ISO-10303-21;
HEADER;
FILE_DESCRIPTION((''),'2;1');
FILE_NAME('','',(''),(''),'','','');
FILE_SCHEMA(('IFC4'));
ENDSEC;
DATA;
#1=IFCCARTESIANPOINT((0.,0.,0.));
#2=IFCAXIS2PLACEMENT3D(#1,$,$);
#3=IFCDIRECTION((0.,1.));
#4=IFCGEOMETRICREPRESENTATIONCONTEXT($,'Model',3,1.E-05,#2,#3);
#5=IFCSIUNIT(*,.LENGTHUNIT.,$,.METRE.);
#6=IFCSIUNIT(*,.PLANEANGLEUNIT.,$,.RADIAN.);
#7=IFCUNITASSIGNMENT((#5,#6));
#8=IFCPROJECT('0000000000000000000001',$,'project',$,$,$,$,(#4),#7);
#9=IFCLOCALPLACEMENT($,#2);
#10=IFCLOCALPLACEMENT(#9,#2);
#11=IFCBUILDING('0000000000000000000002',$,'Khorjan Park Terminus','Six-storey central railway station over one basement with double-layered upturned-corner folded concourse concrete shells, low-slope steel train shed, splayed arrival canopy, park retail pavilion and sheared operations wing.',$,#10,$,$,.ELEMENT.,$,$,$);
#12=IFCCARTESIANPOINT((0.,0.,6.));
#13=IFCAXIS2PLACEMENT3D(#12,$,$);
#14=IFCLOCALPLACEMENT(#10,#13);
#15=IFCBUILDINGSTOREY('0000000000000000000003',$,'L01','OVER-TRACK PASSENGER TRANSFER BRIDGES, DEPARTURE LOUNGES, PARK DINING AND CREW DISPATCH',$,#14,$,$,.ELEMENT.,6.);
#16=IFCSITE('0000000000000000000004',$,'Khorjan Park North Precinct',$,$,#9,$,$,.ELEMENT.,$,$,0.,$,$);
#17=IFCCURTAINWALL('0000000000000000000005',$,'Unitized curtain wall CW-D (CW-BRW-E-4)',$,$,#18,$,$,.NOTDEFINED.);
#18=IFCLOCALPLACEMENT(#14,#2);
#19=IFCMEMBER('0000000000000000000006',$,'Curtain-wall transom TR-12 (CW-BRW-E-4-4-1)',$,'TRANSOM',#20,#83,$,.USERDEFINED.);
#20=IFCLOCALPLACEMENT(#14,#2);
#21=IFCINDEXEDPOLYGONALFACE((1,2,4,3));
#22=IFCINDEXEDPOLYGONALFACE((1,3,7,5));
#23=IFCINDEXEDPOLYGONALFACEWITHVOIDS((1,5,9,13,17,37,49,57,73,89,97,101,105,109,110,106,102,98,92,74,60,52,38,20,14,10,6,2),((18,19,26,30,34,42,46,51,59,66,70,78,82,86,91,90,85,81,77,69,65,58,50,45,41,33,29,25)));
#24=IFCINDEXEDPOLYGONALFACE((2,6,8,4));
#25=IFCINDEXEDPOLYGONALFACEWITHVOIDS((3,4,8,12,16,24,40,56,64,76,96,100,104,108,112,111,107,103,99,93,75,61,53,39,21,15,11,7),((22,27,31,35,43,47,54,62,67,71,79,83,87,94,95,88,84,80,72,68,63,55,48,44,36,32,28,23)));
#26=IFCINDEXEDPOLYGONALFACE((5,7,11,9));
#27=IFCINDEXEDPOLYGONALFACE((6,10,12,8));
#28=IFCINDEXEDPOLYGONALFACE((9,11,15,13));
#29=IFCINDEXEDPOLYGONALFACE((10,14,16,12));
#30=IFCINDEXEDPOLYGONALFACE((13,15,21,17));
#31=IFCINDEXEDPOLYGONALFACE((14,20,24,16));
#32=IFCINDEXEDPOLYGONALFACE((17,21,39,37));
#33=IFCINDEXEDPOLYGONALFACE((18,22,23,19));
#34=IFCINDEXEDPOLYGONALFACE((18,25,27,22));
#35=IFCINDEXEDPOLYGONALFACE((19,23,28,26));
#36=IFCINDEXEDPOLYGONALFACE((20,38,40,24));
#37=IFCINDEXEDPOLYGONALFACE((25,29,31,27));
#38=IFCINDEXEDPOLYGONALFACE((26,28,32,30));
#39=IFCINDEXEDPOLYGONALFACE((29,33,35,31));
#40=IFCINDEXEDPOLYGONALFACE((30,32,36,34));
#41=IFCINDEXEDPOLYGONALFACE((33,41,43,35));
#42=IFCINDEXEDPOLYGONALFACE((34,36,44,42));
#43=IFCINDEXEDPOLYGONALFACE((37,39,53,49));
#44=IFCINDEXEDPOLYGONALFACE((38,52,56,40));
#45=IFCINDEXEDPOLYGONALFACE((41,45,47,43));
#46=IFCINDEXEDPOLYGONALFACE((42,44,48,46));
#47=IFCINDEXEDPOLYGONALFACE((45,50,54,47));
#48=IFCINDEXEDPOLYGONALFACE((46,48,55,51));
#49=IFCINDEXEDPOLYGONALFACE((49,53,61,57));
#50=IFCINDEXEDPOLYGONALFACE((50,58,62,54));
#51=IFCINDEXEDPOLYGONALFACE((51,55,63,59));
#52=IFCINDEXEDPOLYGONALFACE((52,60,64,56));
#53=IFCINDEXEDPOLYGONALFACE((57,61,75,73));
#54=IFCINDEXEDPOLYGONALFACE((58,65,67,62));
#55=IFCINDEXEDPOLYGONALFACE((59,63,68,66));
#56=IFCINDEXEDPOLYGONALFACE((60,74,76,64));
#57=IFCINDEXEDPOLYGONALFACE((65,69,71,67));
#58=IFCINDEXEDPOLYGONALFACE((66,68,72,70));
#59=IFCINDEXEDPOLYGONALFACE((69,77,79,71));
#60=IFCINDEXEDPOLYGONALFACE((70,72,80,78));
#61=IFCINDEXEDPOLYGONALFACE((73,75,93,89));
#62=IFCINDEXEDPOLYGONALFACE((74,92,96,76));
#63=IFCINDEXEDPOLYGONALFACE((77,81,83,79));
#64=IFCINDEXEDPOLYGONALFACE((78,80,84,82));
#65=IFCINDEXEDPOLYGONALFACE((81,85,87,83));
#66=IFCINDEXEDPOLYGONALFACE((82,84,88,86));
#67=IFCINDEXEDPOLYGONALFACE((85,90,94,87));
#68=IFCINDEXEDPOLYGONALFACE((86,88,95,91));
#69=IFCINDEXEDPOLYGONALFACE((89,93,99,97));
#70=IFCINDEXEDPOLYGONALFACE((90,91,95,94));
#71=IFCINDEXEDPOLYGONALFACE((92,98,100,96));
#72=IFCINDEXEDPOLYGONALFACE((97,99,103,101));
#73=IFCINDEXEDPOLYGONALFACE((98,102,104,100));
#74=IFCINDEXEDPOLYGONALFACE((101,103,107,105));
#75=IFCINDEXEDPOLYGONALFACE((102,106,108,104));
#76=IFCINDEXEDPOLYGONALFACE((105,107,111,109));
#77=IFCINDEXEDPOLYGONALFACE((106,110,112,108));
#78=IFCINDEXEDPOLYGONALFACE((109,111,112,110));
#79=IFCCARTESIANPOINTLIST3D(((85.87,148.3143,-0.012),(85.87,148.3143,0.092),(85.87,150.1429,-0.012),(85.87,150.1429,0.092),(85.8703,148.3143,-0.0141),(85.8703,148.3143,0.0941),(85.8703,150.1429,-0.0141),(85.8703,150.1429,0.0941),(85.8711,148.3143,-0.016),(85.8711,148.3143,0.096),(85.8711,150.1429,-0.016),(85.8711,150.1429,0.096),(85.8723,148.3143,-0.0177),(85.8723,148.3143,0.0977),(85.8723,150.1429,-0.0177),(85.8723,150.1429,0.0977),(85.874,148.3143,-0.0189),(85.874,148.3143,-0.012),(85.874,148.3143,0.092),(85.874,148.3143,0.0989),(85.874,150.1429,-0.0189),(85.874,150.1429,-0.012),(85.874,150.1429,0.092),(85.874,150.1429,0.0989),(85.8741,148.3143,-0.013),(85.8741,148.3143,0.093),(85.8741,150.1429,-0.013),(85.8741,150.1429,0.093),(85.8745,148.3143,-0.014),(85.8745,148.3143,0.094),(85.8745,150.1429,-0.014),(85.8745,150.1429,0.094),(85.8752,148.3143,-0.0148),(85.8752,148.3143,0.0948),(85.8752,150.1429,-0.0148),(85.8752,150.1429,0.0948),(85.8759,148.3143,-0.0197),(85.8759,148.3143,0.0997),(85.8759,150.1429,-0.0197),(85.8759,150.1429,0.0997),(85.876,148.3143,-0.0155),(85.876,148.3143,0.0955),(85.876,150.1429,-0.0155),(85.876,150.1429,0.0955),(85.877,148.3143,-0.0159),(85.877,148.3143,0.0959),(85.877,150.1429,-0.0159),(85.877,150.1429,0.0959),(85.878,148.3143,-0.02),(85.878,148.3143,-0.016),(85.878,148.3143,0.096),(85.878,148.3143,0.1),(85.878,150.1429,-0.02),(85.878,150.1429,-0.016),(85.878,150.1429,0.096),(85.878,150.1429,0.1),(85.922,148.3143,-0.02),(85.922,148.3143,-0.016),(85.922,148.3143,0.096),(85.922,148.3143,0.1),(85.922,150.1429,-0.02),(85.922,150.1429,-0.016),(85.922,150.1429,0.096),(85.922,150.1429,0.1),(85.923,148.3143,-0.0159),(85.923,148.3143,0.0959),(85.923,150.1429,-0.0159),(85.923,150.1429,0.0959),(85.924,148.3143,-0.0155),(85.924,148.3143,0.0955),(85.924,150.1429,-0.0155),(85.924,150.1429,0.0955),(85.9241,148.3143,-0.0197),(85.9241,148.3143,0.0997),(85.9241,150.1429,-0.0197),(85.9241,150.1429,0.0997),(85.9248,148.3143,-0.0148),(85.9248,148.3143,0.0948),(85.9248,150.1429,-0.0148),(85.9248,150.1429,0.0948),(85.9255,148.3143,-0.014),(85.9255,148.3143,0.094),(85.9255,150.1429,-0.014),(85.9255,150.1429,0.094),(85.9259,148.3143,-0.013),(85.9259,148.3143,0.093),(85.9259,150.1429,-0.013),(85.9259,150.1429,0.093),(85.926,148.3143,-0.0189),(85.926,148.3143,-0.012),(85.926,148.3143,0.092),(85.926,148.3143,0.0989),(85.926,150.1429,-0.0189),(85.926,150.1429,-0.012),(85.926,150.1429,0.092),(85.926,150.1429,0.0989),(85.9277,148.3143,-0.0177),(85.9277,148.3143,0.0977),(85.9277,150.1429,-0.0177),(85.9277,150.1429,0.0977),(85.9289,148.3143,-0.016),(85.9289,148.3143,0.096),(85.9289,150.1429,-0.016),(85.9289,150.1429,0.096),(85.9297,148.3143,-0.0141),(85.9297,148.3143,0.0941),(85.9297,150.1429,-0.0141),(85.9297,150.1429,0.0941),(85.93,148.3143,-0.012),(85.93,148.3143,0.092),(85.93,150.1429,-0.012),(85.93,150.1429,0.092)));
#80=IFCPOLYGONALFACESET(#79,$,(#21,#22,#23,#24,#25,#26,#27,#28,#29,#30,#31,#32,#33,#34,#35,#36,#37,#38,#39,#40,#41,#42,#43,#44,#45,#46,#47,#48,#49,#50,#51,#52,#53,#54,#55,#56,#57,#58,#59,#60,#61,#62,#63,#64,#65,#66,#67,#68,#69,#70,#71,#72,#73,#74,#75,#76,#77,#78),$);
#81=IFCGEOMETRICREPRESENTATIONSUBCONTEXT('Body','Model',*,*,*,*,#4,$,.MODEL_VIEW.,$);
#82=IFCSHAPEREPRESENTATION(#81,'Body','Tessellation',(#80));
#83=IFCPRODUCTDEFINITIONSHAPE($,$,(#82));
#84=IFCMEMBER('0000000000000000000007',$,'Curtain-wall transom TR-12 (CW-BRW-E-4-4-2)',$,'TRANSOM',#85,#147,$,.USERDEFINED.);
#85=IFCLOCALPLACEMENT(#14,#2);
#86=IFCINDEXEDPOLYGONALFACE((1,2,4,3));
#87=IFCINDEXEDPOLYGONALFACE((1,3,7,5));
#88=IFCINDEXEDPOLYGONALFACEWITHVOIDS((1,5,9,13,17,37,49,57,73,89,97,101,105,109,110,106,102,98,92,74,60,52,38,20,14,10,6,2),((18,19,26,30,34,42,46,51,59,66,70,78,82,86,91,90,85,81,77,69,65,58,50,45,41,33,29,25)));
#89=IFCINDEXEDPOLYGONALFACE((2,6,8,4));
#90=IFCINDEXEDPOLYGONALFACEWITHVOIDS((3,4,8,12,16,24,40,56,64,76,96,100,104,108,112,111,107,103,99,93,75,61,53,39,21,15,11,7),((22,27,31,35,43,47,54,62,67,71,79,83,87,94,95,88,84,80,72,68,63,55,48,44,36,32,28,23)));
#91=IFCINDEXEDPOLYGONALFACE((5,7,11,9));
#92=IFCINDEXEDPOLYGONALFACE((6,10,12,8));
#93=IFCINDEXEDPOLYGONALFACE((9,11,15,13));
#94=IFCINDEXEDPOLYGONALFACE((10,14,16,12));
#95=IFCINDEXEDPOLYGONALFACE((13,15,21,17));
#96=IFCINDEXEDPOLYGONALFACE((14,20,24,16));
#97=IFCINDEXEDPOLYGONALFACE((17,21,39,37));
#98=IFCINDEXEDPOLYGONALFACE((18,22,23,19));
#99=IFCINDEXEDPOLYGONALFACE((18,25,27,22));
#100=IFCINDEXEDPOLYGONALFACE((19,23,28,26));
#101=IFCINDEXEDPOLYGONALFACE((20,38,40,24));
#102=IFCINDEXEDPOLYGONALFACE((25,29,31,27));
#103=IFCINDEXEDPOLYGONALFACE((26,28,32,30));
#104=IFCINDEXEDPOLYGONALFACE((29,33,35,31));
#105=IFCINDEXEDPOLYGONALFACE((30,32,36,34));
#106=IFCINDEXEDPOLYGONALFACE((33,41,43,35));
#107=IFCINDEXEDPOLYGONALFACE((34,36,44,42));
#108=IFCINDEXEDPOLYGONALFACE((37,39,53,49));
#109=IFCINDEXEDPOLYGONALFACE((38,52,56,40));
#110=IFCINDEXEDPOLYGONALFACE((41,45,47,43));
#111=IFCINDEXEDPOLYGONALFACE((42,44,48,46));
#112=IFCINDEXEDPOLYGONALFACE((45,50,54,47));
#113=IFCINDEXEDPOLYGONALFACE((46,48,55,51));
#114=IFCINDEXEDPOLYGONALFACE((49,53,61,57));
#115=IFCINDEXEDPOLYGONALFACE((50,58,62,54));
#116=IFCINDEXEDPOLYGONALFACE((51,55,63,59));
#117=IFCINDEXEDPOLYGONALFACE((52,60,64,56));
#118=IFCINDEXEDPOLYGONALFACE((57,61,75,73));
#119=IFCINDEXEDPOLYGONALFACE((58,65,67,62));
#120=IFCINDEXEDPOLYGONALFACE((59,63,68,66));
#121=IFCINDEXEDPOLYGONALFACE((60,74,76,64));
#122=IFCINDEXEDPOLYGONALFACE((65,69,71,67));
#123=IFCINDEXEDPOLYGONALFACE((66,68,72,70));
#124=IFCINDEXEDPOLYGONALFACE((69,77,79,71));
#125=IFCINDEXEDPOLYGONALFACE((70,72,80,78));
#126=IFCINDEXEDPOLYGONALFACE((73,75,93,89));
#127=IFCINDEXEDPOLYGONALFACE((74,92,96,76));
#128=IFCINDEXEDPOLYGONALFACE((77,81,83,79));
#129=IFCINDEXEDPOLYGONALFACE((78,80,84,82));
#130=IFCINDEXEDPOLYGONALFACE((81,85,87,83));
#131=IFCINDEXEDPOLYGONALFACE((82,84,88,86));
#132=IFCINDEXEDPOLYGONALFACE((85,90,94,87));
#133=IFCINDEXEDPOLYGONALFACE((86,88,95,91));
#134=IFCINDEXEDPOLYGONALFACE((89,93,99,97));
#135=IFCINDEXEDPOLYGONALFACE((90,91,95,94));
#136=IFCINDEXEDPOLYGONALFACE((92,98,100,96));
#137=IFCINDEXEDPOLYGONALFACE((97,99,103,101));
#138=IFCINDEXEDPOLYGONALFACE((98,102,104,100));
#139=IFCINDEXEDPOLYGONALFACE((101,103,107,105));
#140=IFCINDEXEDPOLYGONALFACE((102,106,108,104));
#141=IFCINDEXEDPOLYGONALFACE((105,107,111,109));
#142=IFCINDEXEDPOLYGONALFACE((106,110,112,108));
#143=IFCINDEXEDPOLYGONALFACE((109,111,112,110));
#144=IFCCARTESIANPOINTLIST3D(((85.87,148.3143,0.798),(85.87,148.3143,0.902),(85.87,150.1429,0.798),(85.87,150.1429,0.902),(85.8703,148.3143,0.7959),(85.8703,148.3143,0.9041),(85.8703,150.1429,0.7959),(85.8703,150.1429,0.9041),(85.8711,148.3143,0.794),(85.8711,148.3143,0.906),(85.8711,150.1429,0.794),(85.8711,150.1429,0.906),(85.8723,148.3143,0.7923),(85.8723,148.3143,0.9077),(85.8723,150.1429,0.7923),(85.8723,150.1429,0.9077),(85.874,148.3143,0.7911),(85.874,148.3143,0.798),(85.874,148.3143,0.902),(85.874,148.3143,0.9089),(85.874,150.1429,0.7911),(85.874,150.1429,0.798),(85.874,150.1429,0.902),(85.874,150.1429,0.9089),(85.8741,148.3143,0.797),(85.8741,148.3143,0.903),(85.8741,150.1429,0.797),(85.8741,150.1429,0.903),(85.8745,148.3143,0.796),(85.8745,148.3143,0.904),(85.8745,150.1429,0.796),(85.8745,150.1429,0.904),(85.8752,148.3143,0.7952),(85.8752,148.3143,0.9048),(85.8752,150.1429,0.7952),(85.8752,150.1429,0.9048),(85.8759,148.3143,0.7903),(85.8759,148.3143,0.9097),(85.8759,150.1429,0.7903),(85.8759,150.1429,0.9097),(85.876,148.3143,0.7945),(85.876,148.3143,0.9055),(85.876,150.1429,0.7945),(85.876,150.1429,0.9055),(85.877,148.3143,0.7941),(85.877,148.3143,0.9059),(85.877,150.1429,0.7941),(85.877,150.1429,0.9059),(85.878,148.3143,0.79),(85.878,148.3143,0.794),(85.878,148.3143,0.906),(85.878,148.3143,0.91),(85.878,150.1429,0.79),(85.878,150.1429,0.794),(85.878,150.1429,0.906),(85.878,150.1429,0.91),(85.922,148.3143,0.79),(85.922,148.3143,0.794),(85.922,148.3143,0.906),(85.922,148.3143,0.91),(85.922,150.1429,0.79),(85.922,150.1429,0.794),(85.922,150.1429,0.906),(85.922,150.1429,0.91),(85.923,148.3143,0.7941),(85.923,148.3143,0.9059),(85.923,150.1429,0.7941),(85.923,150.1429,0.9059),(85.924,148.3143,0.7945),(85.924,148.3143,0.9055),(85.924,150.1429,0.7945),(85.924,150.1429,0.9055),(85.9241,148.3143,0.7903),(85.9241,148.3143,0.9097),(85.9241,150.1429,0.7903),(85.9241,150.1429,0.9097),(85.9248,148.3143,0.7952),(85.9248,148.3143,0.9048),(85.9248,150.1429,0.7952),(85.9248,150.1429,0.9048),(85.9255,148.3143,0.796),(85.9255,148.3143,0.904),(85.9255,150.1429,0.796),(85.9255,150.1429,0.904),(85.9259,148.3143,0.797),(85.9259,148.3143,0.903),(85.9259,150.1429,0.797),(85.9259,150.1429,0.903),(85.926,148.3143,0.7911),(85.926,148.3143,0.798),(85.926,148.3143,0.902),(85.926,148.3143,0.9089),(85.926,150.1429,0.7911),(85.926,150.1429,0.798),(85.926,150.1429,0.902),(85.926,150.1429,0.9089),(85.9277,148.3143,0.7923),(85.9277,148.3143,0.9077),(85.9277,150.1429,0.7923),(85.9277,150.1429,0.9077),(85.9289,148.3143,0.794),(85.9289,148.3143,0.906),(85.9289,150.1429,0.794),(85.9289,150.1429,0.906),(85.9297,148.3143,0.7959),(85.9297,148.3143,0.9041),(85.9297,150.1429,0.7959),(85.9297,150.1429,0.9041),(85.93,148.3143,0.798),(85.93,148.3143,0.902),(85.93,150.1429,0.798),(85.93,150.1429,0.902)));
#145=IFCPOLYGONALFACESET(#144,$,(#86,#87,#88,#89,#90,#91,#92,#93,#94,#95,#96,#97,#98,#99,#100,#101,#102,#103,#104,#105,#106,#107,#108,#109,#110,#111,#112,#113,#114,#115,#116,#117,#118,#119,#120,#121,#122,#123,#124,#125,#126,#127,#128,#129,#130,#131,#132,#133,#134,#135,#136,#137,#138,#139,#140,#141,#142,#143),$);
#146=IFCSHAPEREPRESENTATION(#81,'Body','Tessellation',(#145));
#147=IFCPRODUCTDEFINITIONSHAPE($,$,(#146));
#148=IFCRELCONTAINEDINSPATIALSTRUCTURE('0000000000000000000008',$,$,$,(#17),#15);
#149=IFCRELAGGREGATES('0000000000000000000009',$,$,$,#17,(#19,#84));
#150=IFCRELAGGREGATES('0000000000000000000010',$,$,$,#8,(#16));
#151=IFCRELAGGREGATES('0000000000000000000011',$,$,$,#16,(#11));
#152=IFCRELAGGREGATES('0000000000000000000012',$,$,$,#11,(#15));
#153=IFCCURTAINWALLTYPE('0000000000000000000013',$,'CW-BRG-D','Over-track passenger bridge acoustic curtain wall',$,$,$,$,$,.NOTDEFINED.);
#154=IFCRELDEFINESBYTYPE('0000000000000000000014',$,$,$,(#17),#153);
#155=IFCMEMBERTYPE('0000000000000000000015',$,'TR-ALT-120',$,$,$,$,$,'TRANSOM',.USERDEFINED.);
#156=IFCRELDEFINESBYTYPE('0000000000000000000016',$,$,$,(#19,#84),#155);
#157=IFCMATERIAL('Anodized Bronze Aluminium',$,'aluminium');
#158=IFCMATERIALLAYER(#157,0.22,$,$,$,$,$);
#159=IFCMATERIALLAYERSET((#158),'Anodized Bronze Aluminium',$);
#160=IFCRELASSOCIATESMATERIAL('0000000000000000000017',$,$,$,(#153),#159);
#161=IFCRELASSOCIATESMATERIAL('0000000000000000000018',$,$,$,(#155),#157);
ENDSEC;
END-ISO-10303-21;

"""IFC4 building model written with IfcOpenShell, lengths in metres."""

from ifc_helpers import new_model, si_unit, direction, frame, origin, origin_2d, place, context, subcontext, project, spatial, hollow_rectangle, extrude, material, layer, layer_set, material_profile, profile_set, type_object, element, aggregate, save


model = new_model("IFC4")

# Units and contexts
model_context = context("Model", 3, precision=1e-05, world=origin(), true_north=direction((0.0, 1.0)))
body_context = subcontext(model_context, "Body", "Model", "MODEL_VIEW")
ifc_project = project(units=[si_unit("LENGTHUNIT", "METRE"), si_unit("PLANEANGLEUNIT", "RADIAN")], contexts=[model_context])

# Site, building, storey
site_placement = place(None, origin())
site = spatial("IfcSite", under=ifc_project, at=site_placement, Name="Khorjan Park North Precinct", CompositionType="ELEMENT", RefElevation=0.0)
building_placement = place(site_placement, origin())
building = spatial("IfcBuilding", under=site, at=building_placement, Name="Khorjan Park Terminus", Description="Six-storey central railway station over one basement with double-layered upturned-corner folded concourse concrete shells, low-slope steel train shed, splayed arrival canopy, park retail pavilion and sheared operations wing.", CompositionType="ELEMENT")
storey_placement = place(building_placement, frame((0.0, 0.0, 6.0)))
storey = spatial("IfcBuildingStorey", under=building, at=storey_placement, Name="L01", Description="OVER-TRACK PASSENGER TRANSFER BRIDGES, DEPARTURE LOUNGES, PARK DINING AND CREW DISPATCH", CompositionType="ELEMENT", Elevation=6.0)

# Curtain wall, members
ifc_material_1 = material(Name="Anodized Bronze Aluminium", Category="aluminium")
ifc_layer_1 = layer(ifc_material_1, 0.22)
ifc_layer_set_1 = layer_set([ifc_layer_1], Name="Anodized Bronze Aluminium")
curtain_wall_type = type_object("IfcCurtainWallType", Name="CW-BRG-D", Description="Over-track passenger bridge acoustic curtain wall", PredefinedType="NOTDEFINED", material=ifc_layer_set_1)
curtain_wall_placement = place(storey_placement, origin())
curtain_wall = element("IfcCurtainWall", 1, at=curtain_wall_placement, inside=storey, type_object=curtain_wall_type, Name="Unitized curtain wall CW-D (CW-BRW-E-4)", PredefinedType="NOTDEFINED")
ifc_material_profile_1 = material_profile(ifc_material_1, hollow_rectangle(XDim=0.06, YDim=0.12, WallThickness=0.004, InnerFilletRadius=0.004, OuterFilletRadius=0.008, at=origin_2d()), Name="ALT 60x120x4")
ifc_profile_set_1 = profile_set([ifc_material_profile_1], Name="Anodized Bronze Aluminium")
member_type_1 = type_object("IfcMemberType", Name="TR-ALT-120", ElementType="TRANSOM", PredefinedType="USERDEFINED", material=ifc_profile_set_1)
member_1_placement = place(storey_placement, frame((85.9, 148.3143, 0.04), z_axis=(0.0, 1.0, 0.0), x_axis=(-1.0, 0.0, 0.0)))
member_1 = element("IfcMember", 2, at=member_1_placement, type_object=member_type_1, Name="Curtain-wall transom TR-12 (CW-BRW-E-4-4-1)", ObjectType="TRANSOM", PredefinedType="USERDEFINED", context=body_context, shape_type="SweptSolid", body=[
    extrude(hollow_rectangle(XDim=0.06, YDim=0.12, WallThickness=0.004, InnerFilletRadius=0.004, OuterFilletRadius=0.008, at=origin_2d()), origin(), (0.0, 0.0, 1.0), 1.8286),
])
member_2_placement = place(storey_placement, frame((85.9, 148.3143, 0.85), z_axis=(0.0, 1.0, 0.0), x_axis=(-1.0, 0.0, 0.0)))
member_2 = element("IfcMember", 3, at=member_2_placement, type_object=member_type_1, Name="Curtain-wall transom TR-12 (CW-BRW-E-4-4-2)", ObjectType="TRANSOM", PredefinedType="USERDEFINED", context=body_context, shape_type="SweptSolid", body=[
    extrude(hollow_rectangle(XDim=0.06, YDim=0.12, WallThickness=0.004, InnerFilletRadius=0.004, OuterFilletRadius=0.008, at=origin_2d()), origin(), (0.0, 0.0, 1.0), 1.8286),
])
aggregate(curtain_wall, [member_1, member_2])

save(model, "model.ifc")
